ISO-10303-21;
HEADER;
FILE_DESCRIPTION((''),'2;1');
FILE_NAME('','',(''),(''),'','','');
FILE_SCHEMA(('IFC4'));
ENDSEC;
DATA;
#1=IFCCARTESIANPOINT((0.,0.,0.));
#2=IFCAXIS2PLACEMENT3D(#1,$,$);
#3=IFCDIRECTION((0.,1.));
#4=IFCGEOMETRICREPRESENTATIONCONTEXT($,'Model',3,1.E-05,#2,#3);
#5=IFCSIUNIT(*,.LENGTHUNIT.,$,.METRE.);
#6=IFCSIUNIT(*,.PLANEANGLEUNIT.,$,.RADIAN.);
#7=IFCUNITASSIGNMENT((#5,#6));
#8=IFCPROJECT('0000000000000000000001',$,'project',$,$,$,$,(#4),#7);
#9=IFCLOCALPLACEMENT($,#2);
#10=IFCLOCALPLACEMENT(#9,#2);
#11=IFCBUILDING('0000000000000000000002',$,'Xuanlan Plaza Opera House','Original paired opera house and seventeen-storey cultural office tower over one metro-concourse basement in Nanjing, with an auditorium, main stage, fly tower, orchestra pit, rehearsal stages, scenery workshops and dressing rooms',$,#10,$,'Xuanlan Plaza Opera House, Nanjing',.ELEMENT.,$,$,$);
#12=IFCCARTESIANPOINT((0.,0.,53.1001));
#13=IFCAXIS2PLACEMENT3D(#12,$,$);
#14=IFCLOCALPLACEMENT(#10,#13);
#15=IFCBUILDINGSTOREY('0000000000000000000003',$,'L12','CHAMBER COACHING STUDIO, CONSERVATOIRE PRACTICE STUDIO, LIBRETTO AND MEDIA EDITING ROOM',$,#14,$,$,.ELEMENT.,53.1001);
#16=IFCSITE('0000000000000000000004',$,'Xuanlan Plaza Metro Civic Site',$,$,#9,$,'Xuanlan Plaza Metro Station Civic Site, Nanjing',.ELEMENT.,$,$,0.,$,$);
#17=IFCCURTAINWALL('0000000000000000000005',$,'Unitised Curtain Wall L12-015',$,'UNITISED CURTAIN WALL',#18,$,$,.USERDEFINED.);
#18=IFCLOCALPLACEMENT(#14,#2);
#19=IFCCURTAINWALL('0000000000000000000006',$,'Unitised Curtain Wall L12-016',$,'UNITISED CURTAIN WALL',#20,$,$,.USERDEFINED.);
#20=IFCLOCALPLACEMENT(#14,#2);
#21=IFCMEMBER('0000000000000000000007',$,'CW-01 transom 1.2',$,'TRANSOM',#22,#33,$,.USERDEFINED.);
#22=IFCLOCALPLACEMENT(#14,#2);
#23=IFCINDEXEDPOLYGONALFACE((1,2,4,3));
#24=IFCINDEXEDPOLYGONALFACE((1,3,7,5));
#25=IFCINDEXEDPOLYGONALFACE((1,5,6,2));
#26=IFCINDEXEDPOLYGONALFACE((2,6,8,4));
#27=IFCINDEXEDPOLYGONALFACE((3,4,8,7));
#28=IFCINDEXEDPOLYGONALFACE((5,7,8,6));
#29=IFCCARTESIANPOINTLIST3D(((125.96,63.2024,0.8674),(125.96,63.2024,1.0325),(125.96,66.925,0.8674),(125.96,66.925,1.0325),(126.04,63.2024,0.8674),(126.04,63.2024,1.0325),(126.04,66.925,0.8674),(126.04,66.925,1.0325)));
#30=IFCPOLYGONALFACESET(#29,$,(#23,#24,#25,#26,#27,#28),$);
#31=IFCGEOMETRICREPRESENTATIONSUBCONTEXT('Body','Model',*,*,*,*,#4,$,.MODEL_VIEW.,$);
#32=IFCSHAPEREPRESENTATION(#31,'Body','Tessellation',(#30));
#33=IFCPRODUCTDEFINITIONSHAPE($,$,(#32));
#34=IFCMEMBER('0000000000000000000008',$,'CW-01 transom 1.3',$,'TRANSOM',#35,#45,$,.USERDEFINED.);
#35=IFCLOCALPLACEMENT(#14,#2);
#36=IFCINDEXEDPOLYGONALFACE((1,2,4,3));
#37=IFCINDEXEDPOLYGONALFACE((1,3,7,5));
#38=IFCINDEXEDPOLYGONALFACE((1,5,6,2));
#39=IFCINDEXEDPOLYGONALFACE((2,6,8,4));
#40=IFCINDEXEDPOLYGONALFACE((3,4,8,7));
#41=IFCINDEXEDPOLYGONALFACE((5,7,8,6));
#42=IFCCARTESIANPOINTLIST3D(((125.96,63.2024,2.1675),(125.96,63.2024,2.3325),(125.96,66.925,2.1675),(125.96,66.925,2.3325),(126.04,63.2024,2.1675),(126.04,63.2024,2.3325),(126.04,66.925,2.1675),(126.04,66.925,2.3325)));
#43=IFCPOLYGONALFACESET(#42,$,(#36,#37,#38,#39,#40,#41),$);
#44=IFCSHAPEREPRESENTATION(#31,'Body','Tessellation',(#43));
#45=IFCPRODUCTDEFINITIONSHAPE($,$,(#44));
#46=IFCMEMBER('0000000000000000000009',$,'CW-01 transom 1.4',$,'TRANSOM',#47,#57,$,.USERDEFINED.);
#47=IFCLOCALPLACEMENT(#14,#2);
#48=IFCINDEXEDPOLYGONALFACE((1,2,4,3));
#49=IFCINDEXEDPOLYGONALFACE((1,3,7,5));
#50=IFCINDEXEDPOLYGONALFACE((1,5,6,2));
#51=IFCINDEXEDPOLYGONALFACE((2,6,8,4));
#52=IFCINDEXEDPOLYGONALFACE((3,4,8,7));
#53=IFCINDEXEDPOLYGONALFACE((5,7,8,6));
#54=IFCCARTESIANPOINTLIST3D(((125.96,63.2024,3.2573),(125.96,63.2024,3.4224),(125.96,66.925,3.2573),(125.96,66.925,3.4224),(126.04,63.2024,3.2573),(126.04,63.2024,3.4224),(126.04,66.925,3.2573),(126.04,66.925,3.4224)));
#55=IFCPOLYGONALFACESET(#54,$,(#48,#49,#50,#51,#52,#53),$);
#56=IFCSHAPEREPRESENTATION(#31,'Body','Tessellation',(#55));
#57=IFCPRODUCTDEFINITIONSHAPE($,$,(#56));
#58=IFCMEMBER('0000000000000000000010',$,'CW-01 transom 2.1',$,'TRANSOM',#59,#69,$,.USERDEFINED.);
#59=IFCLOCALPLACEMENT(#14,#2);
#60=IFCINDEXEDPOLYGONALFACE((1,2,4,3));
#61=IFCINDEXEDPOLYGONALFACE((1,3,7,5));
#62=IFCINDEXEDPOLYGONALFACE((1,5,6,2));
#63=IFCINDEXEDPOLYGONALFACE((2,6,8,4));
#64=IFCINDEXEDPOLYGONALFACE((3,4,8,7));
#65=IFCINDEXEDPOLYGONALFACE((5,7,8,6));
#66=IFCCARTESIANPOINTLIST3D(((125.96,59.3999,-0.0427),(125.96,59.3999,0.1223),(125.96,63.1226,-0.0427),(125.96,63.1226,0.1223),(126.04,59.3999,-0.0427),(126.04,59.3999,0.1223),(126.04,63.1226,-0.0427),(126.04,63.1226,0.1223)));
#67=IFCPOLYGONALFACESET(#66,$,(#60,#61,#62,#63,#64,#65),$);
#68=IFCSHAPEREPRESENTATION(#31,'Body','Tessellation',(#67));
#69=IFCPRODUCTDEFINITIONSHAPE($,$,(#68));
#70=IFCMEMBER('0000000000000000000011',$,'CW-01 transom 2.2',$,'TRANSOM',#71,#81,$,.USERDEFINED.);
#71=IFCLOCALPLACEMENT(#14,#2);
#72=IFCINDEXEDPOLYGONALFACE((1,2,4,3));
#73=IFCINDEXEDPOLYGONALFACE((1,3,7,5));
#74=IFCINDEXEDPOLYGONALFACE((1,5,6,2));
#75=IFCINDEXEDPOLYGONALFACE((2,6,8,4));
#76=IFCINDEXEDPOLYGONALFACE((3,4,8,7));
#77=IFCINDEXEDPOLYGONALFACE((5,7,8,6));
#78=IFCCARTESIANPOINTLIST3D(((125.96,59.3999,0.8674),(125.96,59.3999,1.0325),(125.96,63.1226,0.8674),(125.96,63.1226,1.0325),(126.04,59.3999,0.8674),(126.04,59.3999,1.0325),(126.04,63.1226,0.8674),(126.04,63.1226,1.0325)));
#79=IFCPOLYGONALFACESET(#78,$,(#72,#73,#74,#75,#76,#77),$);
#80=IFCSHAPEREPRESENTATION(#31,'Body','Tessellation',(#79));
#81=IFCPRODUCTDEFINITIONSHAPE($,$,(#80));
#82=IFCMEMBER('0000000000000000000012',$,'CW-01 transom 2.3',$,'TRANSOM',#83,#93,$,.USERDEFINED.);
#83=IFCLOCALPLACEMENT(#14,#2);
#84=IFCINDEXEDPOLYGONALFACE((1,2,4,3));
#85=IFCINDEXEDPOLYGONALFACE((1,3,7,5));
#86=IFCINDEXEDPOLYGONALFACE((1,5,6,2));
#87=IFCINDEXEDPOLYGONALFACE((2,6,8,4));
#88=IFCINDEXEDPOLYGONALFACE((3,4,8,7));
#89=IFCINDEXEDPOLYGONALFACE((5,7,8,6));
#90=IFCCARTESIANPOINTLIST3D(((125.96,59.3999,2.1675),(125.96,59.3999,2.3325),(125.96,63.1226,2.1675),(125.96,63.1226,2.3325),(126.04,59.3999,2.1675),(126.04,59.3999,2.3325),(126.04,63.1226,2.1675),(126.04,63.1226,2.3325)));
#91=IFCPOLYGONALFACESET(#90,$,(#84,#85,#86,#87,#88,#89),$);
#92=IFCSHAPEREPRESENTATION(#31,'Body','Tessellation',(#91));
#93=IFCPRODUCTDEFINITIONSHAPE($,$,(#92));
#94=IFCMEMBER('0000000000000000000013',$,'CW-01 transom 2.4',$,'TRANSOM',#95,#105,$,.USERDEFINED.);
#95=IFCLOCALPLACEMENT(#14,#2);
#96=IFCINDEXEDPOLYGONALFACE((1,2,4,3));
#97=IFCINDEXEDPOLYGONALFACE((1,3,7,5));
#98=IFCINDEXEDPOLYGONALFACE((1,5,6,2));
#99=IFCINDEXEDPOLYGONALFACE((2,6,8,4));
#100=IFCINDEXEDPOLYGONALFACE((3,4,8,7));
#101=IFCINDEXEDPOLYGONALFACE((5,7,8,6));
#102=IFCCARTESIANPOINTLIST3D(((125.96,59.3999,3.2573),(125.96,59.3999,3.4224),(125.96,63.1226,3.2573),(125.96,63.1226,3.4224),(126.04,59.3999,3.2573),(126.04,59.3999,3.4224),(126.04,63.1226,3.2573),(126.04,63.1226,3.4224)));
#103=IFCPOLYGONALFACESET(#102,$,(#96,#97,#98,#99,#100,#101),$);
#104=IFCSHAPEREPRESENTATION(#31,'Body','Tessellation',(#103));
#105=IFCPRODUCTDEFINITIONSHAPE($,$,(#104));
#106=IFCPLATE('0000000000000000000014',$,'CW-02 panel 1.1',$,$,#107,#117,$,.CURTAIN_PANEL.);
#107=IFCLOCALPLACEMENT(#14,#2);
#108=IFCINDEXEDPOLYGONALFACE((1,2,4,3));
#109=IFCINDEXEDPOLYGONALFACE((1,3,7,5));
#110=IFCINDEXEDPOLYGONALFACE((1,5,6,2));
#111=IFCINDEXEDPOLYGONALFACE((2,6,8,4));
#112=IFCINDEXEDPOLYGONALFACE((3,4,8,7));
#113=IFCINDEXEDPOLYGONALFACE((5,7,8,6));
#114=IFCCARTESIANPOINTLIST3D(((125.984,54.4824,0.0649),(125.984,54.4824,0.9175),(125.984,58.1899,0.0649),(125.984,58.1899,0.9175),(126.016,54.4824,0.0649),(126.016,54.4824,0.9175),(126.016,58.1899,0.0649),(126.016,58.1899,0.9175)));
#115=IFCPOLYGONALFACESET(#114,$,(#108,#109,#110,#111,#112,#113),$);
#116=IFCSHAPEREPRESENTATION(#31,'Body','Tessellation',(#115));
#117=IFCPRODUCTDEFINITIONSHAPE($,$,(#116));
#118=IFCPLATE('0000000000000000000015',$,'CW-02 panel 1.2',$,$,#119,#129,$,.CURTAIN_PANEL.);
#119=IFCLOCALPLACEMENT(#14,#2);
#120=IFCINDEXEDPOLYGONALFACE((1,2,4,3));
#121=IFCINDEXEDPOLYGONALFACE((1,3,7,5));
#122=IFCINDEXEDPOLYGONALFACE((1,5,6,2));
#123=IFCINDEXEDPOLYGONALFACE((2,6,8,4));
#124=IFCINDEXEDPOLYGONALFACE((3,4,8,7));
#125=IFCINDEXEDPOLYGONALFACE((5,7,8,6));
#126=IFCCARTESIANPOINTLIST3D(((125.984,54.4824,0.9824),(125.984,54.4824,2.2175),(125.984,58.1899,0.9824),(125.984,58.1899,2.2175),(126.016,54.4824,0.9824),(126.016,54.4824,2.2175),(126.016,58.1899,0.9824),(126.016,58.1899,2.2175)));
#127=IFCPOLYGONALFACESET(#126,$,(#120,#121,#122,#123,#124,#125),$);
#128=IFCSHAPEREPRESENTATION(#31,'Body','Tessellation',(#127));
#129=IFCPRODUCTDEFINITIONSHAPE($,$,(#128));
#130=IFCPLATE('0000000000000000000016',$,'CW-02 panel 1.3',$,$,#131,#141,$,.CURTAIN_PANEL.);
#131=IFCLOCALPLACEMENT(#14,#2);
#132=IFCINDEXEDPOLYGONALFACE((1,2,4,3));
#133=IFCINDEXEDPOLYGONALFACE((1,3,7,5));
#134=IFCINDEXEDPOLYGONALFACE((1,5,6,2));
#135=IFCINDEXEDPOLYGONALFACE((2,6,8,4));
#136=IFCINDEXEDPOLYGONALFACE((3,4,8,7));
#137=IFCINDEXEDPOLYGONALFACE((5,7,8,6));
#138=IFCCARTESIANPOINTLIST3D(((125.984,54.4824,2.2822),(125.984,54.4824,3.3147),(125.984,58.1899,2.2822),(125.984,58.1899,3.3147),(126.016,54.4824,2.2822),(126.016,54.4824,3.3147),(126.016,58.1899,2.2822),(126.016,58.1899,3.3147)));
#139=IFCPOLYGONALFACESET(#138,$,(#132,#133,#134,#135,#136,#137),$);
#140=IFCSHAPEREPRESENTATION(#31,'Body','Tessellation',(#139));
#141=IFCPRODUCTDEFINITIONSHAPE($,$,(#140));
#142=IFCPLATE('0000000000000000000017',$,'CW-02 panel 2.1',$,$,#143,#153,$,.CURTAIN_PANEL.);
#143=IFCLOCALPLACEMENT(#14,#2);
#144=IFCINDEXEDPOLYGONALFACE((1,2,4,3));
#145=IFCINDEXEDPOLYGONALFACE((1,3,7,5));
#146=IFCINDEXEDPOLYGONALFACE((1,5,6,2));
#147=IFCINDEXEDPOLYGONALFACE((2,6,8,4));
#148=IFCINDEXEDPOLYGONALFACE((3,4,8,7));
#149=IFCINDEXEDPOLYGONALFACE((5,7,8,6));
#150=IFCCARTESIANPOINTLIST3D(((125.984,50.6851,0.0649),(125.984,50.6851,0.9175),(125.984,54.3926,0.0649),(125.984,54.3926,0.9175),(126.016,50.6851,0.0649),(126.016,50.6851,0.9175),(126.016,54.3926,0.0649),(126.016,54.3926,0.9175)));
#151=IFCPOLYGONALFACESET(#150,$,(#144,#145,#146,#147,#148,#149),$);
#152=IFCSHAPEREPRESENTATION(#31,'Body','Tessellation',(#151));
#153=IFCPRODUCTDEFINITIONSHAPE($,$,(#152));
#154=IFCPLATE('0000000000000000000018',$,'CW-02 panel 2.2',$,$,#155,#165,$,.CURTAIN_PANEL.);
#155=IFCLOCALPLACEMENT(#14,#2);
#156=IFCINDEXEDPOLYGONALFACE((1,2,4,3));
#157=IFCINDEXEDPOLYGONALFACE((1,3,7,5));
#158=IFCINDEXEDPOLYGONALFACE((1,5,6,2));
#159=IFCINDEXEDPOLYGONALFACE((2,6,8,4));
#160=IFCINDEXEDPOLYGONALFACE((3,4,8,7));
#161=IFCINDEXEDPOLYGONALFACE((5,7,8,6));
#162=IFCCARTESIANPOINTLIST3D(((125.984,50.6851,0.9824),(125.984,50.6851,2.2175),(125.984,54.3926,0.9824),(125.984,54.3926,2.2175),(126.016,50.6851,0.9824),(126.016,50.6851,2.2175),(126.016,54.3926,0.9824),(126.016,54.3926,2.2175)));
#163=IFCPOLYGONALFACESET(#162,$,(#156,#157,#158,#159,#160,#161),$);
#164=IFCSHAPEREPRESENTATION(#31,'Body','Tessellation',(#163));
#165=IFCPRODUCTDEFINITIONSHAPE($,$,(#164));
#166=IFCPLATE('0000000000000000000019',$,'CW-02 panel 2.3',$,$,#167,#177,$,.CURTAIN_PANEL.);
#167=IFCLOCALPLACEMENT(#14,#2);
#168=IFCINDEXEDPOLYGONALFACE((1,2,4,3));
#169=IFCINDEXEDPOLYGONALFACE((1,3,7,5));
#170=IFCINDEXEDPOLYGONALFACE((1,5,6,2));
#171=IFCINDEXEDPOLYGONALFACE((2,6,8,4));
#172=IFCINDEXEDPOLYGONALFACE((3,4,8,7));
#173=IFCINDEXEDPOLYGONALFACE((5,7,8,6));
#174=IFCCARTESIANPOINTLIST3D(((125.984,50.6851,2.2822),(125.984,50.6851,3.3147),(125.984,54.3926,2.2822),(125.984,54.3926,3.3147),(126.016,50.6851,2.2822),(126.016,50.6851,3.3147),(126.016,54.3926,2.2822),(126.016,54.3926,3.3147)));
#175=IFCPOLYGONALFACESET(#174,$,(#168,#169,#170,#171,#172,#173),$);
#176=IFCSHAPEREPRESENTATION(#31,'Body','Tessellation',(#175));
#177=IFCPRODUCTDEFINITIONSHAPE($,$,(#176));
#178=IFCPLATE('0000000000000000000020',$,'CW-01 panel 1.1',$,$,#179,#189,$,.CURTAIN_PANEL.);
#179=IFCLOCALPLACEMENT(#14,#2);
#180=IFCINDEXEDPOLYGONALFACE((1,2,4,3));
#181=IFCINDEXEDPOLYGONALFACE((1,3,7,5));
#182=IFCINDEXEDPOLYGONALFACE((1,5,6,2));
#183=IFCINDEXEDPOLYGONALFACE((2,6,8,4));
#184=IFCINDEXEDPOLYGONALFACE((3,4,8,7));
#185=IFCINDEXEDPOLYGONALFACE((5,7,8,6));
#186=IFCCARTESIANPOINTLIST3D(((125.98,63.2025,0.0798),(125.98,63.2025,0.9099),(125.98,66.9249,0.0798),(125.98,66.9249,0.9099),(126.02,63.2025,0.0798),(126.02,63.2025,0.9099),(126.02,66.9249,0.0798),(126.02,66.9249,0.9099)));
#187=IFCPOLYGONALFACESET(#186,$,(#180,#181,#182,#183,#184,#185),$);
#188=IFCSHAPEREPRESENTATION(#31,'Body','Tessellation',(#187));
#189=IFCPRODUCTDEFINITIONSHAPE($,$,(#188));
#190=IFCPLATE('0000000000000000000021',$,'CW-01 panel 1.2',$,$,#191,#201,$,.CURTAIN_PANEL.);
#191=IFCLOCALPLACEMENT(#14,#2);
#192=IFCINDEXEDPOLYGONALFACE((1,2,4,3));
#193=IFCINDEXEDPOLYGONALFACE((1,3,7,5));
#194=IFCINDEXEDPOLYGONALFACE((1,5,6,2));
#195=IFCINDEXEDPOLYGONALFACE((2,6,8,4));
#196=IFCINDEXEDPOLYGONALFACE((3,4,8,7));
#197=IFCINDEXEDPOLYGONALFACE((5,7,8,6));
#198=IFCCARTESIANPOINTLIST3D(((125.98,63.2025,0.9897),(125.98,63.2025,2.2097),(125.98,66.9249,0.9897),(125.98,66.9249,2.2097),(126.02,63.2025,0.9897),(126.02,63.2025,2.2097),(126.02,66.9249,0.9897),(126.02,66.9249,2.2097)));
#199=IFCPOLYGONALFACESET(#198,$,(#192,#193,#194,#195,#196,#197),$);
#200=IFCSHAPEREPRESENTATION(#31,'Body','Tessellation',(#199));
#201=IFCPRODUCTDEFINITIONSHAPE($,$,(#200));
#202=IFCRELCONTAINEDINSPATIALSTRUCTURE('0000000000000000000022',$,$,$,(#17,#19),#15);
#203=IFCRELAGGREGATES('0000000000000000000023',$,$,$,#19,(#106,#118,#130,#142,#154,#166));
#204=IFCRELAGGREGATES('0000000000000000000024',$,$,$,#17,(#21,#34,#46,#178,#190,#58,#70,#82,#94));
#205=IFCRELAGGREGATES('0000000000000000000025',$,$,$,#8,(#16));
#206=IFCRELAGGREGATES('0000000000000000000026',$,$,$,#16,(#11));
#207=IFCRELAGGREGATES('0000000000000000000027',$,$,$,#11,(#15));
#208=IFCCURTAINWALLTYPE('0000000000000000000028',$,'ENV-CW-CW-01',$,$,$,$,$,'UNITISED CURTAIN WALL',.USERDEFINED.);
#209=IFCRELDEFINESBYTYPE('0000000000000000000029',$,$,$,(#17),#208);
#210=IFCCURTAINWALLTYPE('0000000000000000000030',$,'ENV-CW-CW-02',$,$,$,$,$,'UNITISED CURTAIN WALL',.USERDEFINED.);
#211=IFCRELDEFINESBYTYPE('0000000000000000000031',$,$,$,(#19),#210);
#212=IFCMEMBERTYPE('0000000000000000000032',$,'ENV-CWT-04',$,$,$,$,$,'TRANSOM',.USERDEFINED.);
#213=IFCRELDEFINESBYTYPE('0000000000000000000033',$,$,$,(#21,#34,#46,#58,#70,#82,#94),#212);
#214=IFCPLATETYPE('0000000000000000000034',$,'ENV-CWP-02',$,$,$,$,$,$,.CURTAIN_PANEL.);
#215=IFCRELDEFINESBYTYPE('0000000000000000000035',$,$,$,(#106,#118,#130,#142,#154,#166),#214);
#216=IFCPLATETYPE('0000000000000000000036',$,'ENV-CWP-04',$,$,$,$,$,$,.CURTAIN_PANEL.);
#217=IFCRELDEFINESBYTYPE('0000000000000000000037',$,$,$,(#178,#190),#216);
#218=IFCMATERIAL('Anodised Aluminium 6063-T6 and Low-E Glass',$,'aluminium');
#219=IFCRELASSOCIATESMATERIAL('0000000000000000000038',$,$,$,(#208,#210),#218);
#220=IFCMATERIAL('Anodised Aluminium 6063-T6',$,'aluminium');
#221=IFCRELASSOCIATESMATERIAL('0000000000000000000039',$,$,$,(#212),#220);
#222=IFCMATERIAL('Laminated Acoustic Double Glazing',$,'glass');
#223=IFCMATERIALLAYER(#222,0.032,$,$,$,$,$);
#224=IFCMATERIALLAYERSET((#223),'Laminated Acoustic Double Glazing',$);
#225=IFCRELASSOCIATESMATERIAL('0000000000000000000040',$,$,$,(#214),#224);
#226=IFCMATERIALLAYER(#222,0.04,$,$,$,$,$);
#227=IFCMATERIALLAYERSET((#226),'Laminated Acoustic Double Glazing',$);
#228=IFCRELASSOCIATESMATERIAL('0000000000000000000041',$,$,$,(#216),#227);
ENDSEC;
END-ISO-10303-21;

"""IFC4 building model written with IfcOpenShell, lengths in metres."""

from ifc_helpers import new_model, si_unit, direction, frame, origin, origin_2d, place, context, subcontext, project, spatial, rectangle, extrude, material, layer, layer_set, material_profile, profile_set, type_object, element, aggregate, save


model = new_model("IFC4")

# Units and contexts
model_context = context("Model", 3, precision=1e-05, world=origin(), true_north=direction((0.0, 1.0)))
body_context = subcontext(model_context, "Body", "Model", "MODEL_VIEW")
ifc_project = project(units=[si_unit("LENGTHUNIT", "METRE"), si_unit("PLANEANGLEUNIT", "RADIAN")], contexts=[model_context])

# Site, building, storey
site_placement = place(None, origin())
site = spatial("IfcSite", under=ifc_project, at=site_placement, Name="Xuanlan Plaza Metro Civic Site", LongName="Xuanlan Plaza Metro Station Civic Site, Nanjing", CompositionType="ELEMENT", RefElevation=0.0)
building_placement = place(site_placement, origin())
building = spatial("IfcBuilding", under=site, at=building_placement, Name="Xuanlan Plaza Opera House", Description="Original paired opera house and seventeen-storey cultural office tower over one metro-concourse basement in Nanjing, with an auditorium, main stage, fly tower, orchestra pit, rehearsal stages, scenery workshops and dressing rooms", LongName="Xuanlan Plaza Opera House, Nanjing", CompositionType="ELEMENT")
storey_placement = place(building_placement, frame((0.0, 0.0, 53.1001)))
storey = spatial("IfcBuildingStorey", under=building, at=storey_placement, Name="L12", Description="CHAMBER COACHING STUDIO, CONSERVATOIRE PRACTICE STUDIO, LIBRETTO AND MEDIA EDITING ROOM", CompositionType="ELEMENT", Elevation=53.1001)

# Curtain walls
ifc_material_1 = material(Name="Anodised Aluminium 6063-T6 and Low-E Glass", Category="aluminium")
curtain_wall_type_1 = type_object("IfcCurtainWallType", Name="ENV-CW-CW-01", ElementType="UNITISED CURTAIN WALL", PredefinedType="USERDEFINED", material=ifc_material_1)
curtain_wall_1_placement = place(storey_placement, origin())
curtain_wall_1 = element("IfcCurtainWall", 1, at=curtain_wall_1_placement, inside=storey, type_object=curtain_wall_type_1, Name="Unitised Curtain Wall L12-015", ObjectType="UNITISED CURTAIN WALL", PredefinedType="USERDEFINED")
ifc_material_2 = material(Name="Anodised Aluminium 6063-T6", Category="aluminium")
curtain_wall_type_2 = type_object("IfcCurtainWallType", Name="ENV-CW-CW-02", ElementType="UNITISED CURTAIN WALL", PredefinedType="USERDEFINED", material=ifc_material_1)
curtain_wall_2_placement = place(storey_placement, origin())
curtain_wall_2 = element("IfcCurtainWall", 2, at=curtain_wall_2_placement, inside=storey, type_object=curtain_wall_type_2, Name="Unitised Curtain Wall L12-016", ObjectType="UNITISED CURTAIN WALL", PredefinedType="USERDEFINED")

# Members
ifc_material_profile_1 = material_profile(ifc_material_2, rectangle(XDim=0.0801, YDim=0.165, at=origin_2d()), Name="ALU-T 80x165")
ifc_profile_set_1 = profile_set([ifc_material_profile_1], Name="Anodised Aluminium 6063-T6")
member_type_1 = type_object("IfcMemberType", Name="ENV-CWT-04", ElementType="TRANSOM", PredefinedType="USERDEFINED", material=ifc_profile_set_1)
member_1_placement = place(storey_placement, frame((126.0, 66.925, 0.95), z_axis=(0.0, -1.0, 0.0), x_axis=(1.0, 0.0, 0.0)))
member_1 = element("IfcMember", 3, at=member_1_placement, type_object=member_type_1, Name="CW-01 transom 1.2", ObjectType="TRANSOM", PredefinedType="USERDEFINED", context=body_context, shape_type="SweptSolid", body=[
    extrude(rectangle(XDim=0.0801, YDim=0.165, at=origin_2d()), origin(), (0.0, 0.0, 1.0), 3.7227),
])
member_2_placement = place(storey_placement, frame((126.0, 66.925, 2.25), z_axis=(0.0, -1.0, 0.0), x_axis=(1.0, 0.0, 0.0)))
member_2 = element("IfcMember", 4, at=member_2_placement, type_object=member_type_1, Name="CW-01 transom 1.3", ObjectType="TRANSOM", PredefinedType="USERDEFINED", context=body_context, shape_type="SweptSolid", body=[
    extrude(rectangle(XDim=0.0801, YDim=0.165, at=origin_2d()), origin(), (0.0, 0.0, 1.0), 3.7227),
])
member_3_placement = place(storey_placement, frame((126.0, 66.925, 3.3398), z_axis=(0.0, -1.0, 0.0), x_axis=(1.0, 0.0, 0.0)))
member_3 = element("IfcMember", 5, at=member_3_placement, type_object=member_type_1, Name="CW-01 transom 1.4", ObjectType="TRANSOM", PredefinedType="USERDEFINED", context=body_context, shape_type="SweptSolid", body=[
    extrude(rectangle(XDim=0.0801, YDim=0.165, at=origin_2d()), origin(), (0.0, 0.0, 1.0), 3.7227),
])
member_4_placement = place(storey_placement, frame((126.0, 63.1226, 0.0398), z_axis=(0.0, -1.0, 0.0), x_axis=(1.0, 0.0, 0.0)))
member_4 = element("IfcMember", 6, at=member_4_placement, type_object=member_type_1, Name="CW-01 transom 2.1", ObjectType="TRANSOM", PredefinedType="USERDEFINED", context=body_context, shape_type="SweptSolid", body=[
    extrude(rectangle(XDim=0.0801, YDim=0.165, at=origin_2d()), origin(), (0.0, 0.0, 1.0), 3.7227),
])
member_5_placement = place(storey_placement, frame((126.0, 63.1226, 0.95), z_axis=(0.0, -1.0, 0.0), x_axis=(1.0, 0.0, 0.0)))
member_5 = element("IfcMember", 7, at=member_5_placement, type_object=member_type_1, Name="CW-01 transom 2.2", ObjectType="TRANSOM", PredefinedType="USERDEFINED", context=body_context, shape_type="SweptSolid", body=[
    extrude(rectangle(XDim=0.0801, YDim=0.165, at=origin_2d()), origin(), (0.0, 0.0, 1.0), 3.7227),
])
member_6_placement = place(storey_placement, frame((126.0, 63.1226, 2.25), z_axis=(0.0, -1.0, 0.0), x_axis=(1.0, 0.0, 0.0)))
member_6 = element("IfcMember", 8, at=member_6_placement, type_object=member_type_1, Name="CW-01 transom 2.3", ObjectType="TRANSOM", PredefinedType="USERDEFINED", context=body_context, shape_type="SweptSolid", body=[
    extrude(rectangle(XDim=0.0801, YDim=0.165, at=origin_2d()), origin(), (0.0, 0.0, 1.0), 3.7227),
])
member_7_placement = place(storey_placement, frame((126.0, 63.1226, 3.3398), z_axis=(0.0, -1.0, 0.0), x_axis=(1.0, 0.0, 0.0)))
member_7 = element("IfcMember", 9, at=member_7_placement, type_object=member_type_1, Name="CW-01 transom 2.4", ObjectType="TRANSOM", PredefinedType="USERDEFINED", context=body_context, shape_type="SweptSolid", body=[
    extrude(rectangle(XDim=0.0801, YDim=0.165, at=origin_2d()), origin(), (0.0, 0.0, 1.0), 3.7227),
])

# Plates
ifc_material_3 = material(Name="Laminated Acoustic Double Glazing", Category="glass")
ifc_layer_1 = layer(ifc_material_3, 0.032)
ifc_layer_set_1 = layer_set([ifc_layer_1], Name="Laminated Acoustic Double Glazing")
plate_type_1 = type_object("IfcPlateType", Name="ENV-CWP-02", PredefinedType="CURTAIN_PANEL", material=ifc_layer_set_1)
plate_1_placement = place(storey_placement, frame((126.0, 56.3362, 0.0649), z_axis=(0.0, 0.0, 1.0), x_axis=(0.0, -1.0, 0.0)))
plate_1 = element("IfcPlate", 10, at=plate_1_placement, type_object=plate_type_1, Name="CW-02 panel 1.1", PredefinedType="CURTAIN_PANEL", context=body_context, shape_type="SweptSolid", body=[
    extrude(rectangle(XDim=3.7075, YDim=0.032, at=origin_2d()), origin(), (0.0, 0.0, 1.0), 0.8525),
])
plate_2_placement = place(storey_placement, frame((126.0, 56.3362, 0.9824), z_axis=(0.0, 0.0, 1.0), x_axis=(0.0, -1.0, 0.0)))
plate_2 = element("IfcPlate", 11, at=plate_2_placement, type_object=plate_type_1, Name="CW-02 panel 1.2", PredefinedType="CURTAIN_PANEL", context=body_context, shape_type="SweptSolid", body=[
    extrude(rectangle(XDim=3.7075, YDim=0.032, at=origin_2d()), origin(), (0.0, 0.0, 1.0), 1.2351),
])
plate_3_placement = place(storey_placement, frame((126.0, 56.3362, 2.2822), z_axis=(0.0, 0.0, 1.0), x_axis=(0.0, -1.0, 0.0)))
plate_3 = element("IfcPlate", 12, at=plate_3_placement, type_object=plate_type_1, Name="CW-02 panel 1.3", PredefinedType="CURTAIN_PANEL", context=body_context, shape_type="SweptSolid", body=[
    extrude(rectangle(XDim=3.7075, YDim=0.032, at=origin_2d()), origin(), (0.0, 0.0, 1.0), 1.0325),
])
plate_4_placement = place(storey_placement, frame((126.0, 52.5388, 0.0649), z_axis=(0.0, 0.0, 1.0), x_axis=(0.0, -1.0, 0.0)))
plate_4 = element("IfcPlate", 13, at=plate_4_placement, type_object=plate_type_1, Name="CW-02 panel 2.1", PredefinedType="CURTAIN_PANEL", context=body_context, shape_type="SweptSolid", body=[
    extrude(rectangle(XDim=3.7075, YDim=0.032, at=origin_2d()), origin(), (0.0, 0.0, 1.0), 0.8525),
])
plate_5_placement = place(storey_placement, frame((126.0, 52.5388, 0.9824), z_axis=(0.0, 0.0, 1.0), x_axis=(0.0, -1.0, 0.0)))
plate_5 = element("IfcPlate", 14, at=plate_5_placement, type_object=plate_type_1, Name="CW-02 panel 2.2", PredefinedType="CURTAIN_PANEL", context=body_context, shape_type="SweptSolid", body=[
    extrude(rectangle(XDim=3.7075, YDim=0.032, at=origin_2d()), origin(), (0.0, 0.0, 1.0), 1.2351),
])
plate_6_placement = place(storey_placement, frame((126.0, 52.5388, 2.2822), z_axis=(0.0, 0.0, 1.0), x_axis=(0.0, -1.0, 0.0)))
plate_6 = element("IfcPlate", 15, at=plate_6_placement, type_object=plate_type_1, Name="CW-02 panel 2.3", PredefinedType="CURTAIN_PANEL", context=body_context, shape_type="SweptSolid", body=[
    extrude(rectangle(XDim=3.7075, YDim=0.032, at=origin_2d()), origin(), (0.0, 0.0, 1.0), 1.0325),
])
aggregate(curtain_wall_2, [plate_1, plate_2, plate_3, plate_4, plate_5, plate_6])
ifc_layer_2 = layer(ifc_material_3, 0.04)
ifc_layer_set_2 = layer_set([ifc_layer_2], Name="Laminated Acoustic Double Glazing")
plate_type_2 = type_object("IfcPlateType", Name="ENV-CWP-04", PredefinedType="CURTAIN_PANEL", material=ifc_layer_set_2)
plate_7_placement = place(storey_placement, frame((126.0, 65.0637, 0.0798), z_axis=(0.0, 0.0, 1.0), x_axis=(0.0, -1.0, 0.0)))
plate_7 = element("IfcPlate", 16, at=plate_7_placement, type_object=plate_type_2, Name="CW-01 panel 1.1", PredefinedType="CURTAIN_PANEL", context=body_context, shape_type="SweptSolid", body=[
    extrude(rectangle(XDim=3.7224, YDim=0.04, at=origin_2d()), origin(), (0.0, 0.0, 1.0), 0.8301),
])
plate_8_placement = place(storey_placement, frame((126.0, 65.0637, 0.9897), z_axis=(0.0, 0.0, 1.0), x_axis=(0.0, -1.0, 0.0)))
plate_8 = element("IfcPlate", 17, at=plate_8_placement, type_object=plate_type_2, Name="CW-01 panel 1.2", PredefinedType="CURTAIN_PANEL", context=body_context, shape_type="SweptSolid", body=[
    extrude(rectangle(XDim=3.7224, YDim=0.04, at=origin_2d()), origin(), (0.0, 0.0, 1.0), 1.22),
])
aggregate(curtain_wall_1, [member_1, member_2, member_3, plate_7, plate_8, member_4, member_5, member_6, member_7])

save(model, "model.ifc")
